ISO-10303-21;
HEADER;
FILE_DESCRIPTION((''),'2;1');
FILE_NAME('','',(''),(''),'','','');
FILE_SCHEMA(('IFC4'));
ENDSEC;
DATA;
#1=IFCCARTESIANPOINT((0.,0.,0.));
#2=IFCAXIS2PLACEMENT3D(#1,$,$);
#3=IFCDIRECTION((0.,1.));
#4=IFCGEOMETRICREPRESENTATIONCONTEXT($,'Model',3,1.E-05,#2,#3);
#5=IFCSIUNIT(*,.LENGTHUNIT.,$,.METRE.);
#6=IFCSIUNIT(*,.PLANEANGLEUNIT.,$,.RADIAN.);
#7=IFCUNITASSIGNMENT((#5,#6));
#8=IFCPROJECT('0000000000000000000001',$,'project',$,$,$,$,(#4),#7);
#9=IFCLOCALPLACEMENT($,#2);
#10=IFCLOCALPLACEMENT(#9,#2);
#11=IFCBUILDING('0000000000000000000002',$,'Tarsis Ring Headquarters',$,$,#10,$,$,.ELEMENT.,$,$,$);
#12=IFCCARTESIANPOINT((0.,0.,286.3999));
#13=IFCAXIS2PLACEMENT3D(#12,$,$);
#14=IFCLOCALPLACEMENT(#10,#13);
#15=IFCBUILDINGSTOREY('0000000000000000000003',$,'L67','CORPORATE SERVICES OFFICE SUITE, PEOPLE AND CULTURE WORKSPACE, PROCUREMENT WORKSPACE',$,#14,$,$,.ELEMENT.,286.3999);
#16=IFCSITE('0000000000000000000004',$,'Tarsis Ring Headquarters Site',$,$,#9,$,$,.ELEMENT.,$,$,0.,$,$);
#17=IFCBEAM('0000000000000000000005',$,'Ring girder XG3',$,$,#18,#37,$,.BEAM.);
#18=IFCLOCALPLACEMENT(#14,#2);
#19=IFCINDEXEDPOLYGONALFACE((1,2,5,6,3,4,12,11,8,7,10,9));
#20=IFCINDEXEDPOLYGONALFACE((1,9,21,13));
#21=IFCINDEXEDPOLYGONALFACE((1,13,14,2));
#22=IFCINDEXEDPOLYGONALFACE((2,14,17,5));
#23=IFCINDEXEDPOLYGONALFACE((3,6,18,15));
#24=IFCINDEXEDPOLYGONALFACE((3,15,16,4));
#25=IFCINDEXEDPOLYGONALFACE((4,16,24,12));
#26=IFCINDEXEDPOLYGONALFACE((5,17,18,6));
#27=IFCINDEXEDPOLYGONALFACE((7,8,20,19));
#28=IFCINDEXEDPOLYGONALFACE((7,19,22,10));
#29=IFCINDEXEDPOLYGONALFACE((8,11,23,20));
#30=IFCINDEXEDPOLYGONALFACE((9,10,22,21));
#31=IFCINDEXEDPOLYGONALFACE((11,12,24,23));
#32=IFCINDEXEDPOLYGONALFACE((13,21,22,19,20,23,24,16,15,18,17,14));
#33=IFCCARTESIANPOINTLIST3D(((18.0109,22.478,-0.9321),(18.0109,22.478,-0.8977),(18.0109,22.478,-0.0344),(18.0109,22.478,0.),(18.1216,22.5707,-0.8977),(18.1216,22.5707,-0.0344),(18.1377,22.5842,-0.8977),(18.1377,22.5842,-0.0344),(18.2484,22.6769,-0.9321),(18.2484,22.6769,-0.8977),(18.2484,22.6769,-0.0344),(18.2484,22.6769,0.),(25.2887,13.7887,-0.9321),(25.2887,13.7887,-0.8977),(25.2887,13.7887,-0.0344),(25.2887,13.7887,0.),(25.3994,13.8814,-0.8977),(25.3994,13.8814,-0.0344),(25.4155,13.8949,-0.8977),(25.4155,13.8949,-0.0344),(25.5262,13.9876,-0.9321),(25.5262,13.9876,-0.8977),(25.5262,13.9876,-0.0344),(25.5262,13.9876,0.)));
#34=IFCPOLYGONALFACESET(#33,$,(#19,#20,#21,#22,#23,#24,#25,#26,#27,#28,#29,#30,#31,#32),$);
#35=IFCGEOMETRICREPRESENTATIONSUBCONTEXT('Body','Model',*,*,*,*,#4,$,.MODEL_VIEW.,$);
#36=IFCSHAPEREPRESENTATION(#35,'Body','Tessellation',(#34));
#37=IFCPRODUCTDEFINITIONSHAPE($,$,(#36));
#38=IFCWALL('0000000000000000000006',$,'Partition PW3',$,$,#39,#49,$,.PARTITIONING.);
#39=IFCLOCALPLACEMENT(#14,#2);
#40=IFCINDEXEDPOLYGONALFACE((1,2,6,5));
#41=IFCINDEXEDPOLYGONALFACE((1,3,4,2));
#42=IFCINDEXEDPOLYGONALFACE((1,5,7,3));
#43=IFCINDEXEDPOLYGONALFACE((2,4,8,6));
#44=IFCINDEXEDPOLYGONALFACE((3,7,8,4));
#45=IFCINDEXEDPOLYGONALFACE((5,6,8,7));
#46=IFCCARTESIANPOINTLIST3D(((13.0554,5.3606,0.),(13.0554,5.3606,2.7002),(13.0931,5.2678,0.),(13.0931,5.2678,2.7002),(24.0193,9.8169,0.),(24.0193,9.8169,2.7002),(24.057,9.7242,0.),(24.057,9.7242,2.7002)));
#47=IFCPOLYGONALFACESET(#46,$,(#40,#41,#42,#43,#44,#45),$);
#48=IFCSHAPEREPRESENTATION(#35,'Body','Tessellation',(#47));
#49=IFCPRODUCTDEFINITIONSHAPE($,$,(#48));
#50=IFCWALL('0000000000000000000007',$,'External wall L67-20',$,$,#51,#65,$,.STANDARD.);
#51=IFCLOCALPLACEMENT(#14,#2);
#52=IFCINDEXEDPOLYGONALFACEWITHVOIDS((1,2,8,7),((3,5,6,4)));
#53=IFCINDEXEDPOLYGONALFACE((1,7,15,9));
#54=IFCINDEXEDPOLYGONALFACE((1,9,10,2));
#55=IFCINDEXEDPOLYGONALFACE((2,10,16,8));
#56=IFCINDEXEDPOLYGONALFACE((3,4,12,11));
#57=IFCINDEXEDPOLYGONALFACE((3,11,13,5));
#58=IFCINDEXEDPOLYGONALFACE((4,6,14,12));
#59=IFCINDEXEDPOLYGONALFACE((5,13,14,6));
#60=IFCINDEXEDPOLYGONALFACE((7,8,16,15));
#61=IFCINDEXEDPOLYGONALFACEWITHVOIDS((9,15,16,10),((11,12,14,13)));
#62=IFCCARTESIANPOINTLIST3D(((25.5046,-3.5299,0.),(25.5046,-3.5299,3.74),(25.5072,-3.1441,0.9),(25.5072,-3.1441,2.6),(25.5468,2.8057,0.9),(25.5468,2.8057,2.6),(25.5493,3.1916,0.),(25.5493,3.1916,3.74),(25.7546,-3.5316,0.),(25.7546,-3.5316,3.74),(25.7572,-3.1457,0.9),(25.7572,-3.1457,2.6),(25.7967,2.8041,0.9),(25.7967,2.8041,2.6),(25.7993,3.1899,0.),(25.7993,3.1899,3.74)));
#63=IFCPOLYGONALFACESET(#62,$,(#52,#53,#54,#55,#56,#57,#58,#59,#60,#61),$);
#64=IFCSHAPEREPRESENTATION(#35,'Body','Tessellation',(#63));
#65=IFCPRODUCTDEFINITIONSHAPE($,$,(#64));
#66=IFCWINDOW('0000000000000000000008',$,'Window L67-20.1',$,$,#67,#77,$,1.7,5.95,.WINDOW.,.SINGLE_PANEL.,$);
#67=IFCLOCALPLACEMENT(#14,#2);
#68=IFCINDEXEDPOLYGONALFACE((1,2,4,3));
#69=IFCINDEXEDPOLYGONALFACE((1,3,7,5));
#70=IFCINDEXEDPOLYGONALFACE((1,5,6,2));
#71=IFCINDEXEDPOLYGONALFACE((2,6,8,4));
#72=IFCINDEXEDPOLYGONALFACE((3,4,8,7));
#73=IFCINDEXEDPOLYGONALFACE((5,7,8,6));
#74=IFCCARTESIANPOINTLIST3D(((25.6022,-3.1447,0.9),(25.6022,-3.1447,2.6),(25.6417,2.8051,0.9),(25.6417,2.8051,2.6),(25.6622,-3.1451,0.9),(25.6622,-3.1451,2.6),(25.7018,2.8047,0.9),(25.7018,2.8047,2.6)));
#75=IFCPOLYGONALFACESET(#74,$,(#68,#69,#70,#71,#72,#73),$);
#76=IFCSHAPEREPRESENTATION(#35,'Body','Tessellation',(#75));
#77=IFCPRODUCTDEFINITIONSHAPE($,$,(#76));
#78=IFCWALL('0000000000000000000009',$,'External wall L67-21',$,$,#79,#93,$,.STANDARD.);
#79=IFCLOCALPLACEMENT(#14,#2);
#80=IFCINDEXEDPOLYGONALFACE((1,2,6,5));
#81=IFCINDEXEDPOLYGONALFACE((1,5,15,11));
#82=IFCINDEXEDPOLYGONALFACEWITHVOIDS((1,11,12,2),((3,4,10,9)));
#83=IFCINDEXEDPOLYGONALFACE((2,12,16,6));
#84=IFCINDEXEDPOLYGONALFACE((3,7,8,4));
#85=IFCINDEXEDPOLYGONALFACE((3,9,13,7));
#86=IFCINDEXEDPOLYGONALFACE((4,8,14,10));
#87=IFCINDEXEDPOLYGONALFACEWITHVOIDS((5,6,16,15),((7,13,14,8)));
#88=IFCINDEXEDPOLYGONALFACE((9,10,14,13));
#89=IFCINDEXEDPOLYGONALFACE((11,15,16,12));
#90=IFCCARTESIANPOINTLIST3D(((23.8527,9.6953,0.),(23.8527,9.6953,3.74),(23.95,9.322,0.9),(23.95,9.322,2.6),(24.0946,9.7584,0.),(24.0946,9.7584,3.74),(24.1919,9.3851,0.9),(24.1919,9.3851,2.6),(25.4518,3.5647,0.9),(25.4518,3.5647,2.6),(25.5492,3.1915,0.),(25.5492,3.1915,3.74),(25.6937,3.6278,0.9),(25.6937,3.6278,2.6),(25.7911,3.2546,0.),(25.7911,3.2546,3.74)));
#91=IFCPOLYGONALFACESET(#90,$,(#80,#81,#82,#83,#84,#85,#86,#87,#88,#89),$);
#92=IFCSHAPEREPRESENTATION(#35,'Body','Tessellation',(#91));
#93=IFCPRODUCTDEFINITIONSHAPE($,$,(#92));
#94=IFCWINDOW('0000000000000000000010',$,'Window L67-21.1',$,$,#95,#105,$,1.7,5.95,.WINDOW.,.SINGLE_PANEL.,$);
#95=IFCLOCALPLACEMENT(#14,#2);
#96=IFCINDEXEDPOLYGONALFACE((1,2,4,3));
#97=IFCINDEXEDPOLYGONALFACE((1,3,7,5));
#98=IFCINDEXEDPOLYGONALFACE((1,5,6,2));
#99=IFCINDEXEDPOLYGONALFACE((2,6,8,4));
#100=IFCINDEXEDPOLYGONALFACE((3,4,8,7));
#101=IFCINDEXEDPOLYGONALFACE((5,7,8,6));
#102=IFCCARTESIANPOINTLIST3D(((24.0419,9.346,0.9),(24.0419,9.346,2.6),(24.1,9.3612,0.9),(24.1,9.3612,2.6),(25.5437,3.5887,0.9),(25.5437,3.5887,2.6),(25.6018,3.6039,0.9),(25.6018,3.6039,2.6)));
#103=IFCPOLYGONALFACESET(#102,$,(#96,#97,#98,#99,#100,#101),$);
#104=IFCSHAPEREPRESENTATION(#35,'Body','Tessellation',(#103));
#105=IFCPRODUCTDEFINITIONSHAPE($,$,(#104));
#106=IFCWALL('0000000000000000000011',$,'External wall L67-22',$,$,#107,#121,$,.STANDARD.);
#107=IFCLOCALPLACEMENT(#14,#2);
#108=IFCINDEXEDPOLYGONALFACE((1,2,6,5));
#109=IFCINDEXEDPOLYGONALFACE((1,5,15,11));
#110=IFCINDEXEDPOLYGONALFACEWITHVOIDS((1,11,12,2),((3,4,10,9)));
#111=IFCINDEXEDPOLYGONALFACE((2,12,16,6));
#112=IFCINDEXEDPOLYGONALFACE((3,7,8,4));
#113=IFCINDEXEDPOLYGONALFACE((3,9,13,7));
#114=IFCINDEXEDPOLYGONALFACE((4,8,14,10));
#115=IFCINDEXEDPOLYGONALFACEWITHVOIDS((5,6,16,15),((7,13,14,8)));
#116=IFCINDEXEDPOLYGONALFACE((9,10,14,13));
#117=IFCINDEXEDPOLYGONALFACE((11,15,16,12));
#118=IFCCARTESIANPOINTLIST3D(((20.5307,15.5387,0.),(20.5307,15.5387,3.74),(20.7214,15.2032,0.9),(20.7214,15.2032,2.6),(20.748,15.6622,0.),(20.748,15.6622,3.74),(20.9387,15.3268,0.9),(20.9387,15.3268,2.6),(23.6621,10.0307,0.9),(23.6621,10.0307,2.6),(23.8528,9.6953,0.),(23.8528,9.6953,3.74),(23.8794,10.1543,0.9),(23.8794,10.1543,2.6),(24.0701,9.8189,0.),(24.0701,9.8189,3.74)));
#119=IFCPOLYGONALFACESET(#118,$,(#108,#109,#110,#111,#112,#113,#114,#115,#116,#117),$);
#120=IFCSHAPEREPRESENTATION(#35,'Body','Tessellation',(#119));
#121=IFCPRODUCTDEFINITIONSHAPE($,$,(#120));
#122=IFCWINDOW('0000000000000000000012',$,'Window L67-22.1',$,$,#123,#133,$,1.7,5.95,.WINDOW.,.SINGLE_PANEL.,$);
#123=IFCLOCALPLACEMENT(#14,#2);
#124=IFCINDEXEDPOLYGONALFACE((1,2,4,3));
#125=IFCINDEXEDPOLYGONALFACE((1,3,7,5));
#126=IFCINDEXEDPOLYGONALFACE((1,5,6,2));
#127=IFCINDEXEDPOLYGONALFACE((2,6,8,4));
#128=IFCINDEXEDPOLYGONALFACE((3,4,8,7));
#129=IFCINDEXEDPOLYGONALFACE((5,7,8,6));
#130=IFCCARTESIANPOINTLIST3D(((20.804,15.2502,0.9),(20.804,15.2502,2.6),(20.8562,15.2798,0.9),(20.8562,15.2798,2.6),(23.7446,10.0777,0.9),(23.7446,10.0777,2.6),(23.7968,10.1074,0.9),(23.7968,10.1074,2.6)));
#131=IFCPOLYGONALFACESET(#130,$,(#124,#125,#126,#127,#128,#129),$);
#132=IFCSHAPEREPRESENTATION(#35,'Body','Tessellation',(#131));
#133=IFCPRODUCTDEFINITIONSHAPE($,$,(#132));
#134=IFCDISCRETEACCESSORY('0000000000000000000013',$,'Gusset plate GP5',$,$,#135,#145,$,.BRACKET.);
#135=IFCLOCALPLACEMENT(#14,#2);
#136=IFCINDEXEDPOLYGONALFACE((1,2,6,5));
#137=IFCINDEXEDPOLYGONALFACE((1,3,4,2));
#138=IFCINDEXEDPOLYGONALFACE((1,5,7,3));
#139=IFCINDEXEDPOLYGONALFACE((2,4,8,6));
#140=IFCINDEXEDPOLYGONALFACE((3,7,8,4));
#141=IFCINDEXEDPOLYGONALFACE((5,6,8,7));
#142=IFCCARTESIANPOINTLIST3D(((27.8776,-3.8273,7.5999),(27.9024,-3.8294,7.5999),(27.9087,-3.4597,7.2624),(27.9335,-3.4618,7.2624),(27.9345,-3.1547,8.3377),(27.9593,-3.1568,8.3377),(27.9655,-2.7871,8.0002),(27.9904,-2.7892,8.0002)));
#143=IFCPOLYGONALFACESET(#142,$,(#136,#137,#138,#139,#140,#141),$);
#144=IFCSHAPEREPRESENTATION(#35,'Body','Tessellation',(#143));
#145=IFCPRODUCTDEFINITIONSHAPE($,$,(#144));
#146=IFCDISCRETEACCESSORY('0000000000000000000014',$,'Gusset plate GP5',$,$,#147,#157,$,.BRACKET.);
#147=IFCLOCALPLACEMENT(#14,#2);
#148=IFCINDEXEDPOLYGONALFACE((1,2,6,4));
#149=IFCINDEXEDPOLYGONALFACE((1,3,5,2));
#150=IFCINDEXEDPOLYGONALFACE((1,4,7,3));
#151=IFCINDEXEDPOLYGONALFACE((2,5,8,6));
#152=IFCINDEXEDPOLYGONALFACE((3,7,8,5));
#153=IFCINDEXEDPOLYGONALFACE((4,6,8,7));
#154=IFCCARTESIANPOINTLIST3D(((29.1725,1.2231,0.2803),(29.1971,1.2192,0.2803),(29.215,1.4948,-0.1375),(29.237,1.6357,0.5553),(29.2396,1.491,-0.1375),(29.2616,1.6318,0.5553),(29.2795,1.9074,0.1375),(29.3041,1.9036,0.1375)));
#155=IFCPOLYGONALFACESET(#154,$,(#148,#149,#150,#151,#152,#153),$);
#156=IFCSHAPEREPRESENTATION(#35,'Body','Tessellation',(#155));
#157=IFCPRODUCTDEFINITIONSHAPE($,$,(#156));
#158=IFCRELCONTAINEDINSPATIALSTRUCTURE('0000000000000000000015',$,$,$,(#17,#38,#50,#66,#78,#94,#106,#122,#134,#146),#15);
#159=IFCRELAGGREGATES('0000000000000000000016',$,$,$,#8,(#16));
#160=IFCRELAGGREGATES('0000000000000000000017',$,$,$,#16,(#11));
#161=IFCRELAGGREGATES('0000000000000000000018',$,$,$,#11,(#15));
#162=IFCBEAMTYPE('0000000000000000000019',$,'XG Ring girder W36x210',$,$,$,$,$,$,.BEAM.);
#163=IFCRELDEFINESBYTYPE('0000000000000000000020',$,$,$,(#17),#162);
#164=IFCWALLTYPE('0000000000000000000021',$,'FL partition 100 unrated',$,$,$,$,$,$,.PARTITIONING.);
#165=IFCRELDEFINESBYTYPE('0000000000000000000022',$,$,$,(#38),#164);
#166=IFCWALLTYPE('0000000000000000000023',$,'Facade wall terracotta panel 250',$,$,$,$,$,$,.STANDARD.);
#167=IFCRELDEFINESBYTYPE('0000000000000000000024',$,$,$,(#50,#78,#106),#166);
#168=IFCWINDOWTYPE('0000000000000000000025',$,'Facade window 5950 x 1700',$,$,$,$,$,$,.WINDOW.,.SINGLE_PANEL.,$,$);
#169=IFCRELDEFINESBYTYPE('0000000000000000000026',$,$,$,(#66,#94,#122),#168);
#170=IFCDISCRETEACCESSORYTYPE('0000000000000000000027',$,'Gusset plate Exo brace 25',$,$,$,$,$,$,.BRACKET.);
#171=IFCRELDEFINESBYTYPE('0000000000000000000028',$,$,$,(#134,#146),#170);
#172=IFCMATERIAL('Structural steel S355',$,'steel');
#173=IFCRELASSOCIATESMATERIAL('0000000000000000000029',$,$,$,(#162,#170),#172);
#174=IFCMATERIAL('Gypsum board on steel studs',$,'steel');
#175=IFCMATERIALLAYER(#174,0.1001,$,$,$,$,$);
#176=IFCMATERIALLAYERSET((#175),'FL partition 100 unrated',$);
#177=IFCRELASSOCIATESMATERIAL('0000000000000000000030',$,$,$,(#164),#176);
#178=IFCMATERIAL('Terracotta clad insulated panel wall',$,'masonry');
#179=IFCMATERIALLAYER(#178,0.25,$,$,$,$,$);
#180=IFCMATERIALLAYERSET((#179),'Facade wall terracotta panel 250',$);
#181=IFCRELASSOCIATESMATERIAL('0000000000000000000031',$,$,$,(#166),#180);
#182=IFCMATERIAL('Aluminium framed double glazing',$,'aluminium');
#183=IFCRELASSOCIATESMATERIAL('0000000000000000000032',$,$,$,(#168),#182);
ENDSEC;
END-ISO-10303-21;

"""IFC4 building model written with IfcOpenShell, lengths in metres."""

from ifc_helpers import new_model, si_unit, direction, frame, frame_2d, origin, origin_2d, place, context, subcontext, project, spatial, rectangle, i_section, extrude, material, layer, layer_set, material_profile, profile_set, type_object, element, fill, save


model = new_model("IFC4")

# Units and contexts
model_context = context("Model", 3, precision=1e-05, world=origin(), true_north=direction((0.0, 1.0)))
body_context = subcontext(model_context, "Body", "Model", "MODEL_VIEW")
ifc_project = project(units=[si_unit("LENGTHUNIT", "METRE"), si_unit("PLANEANGLEUNIT", "RADIAN")], contexts=[model_context])

# Site, building, storey
site_placement = place(None, origin())
site = spatial("IfcSite", under=ifc_project, at=site_placement, Name="Tarsis Ring Headquarters Site", CompositionType="ELEMENT", RefElevation=0.0)
building_placement = place(site_placement, origin())
building = spatial("IfcBuilding", under=site, at=building_placement, Name="Tarsis Ring Headquarters", CompositionType="ELEMENT")
storey_placement = place(building_placement, frame((0.0, 0.0, 286.3999)))
storey = spatial("IfcBuildingStorey", under=building, at=storey_placement, Name="L67", Description="CORPORATE SERVICES OFFICE SUITE, PEOPLE AND CULTURE WORKSPACE, PROCUREMENT WORKSPACE", CompositionType="ELEMENT", Elevation=286.3999)

# Shared definitions
ifc_material_1 = material(Name="Structural steel S355", Category="steel")

# Beam
ifc_material_profile_1 = material_profile(ifc_material_1, i_section(OverallWidth=0.3098, OverallDepth=0.9321, WebThickness=0.021, FlangeThickness=0.0344, at=origin_2d()), Name="W36x210")
ifc_profile_set_1 = profile_set([ifc_material_profile_1], Name="Structural steel S355")
beam_type_1 = type_object("IfcBeamType", Name="XG Ring girder W36x210", PredefinedType="BEAM", material=ifc_profile_set_1)
for number, where, z_axis, x_axis, name in (
    (1, (25.4075, 13.8882, -0.4661), (-0.6421, 0.766621, 0.0), (-0.766621, -0.6421, 0.0), "Ring girder XG3"),
):
    element("IfcBeam", number, at=place(storey_placement, frame(where, z_axis=z_axis, x_axis=x_axis)), inside=storey, type_object=beam_type_1, Name=name, PredefinedType="BEAM", context=body_context, shape_type="SweptSolid", body=[
        extrude(i_section(OverallWidth=0.3098, OverallDepth=0.9321, WebThickness=0.021, FlangeThickness=0.0344, at=origin_2d()), origin(), (0.0, 0.0, 1.0), 11.3345),
    ])

# Wall
ifc_material_2 = material(Name="Gypsum board on steel studs", Category="steel")
ifc_layer_1 = layer(ifc_material_2, 0.1001)
ifc_layer_set_1 = layer_set([ifc_layer_1], Name="FL partition 100 unrated")
wall_type_1 = type_object("IfcWallType", Name="FL partition 100 unrated", PredefinedType="PARTITIONING", material=ifc_layer_set_1)
wall_1_placement = place(storey_placement, frame((13.0742, 5.3142, 0.0), z_axis=(0.0, 0.0, 1.0), x_axis=(0.926401, 0.376539, 0.0)))
element("IfcWall", 2, at=wall_1_placement, inside=storey, type_object=wall_type_1, Name="Partition PW3", PredefinedType="PARTITIONING", context=body_context, shape_type="SweptSolid", body=[
    extrude(rectangle(XDim=11.835, YDim=0.1001, at=frame_2d((5.9175, 0.0))), origin(), (0.0, 0.0, 1.0), 2.7002),
])

# Walls, openings, windows
ifc_material_3 = material(Name="Terracotta clad insulated panel wall", Category="masonry")
ifc_layer_2 = layer(ifc_material_3, 0.25)
ifc_layer_set_2 = layer_set([ifc_layer_2], Name="Facade wall terracotta panel 250")
wall_type_2 = type_object("IfcWallType", Name="Facade wall terracotta panel 250", PredefinedType="STANDARD", material=ifc_layer_set_2)
wall_2_placement = place(storey_placement, frame((25.6296, -3.5308, 0.0), z_axis=(0.0, 0.0, 1.0), x_axis=(0.006647, 0.999978, 0.0)))
wall_2 = element("IfcWall", 3, at=wall_2_placement, inside=storey, type_object=wall_type_2, Name="External wall L67-20", PredefinedType="STANDARD", context=body_context, shape_type="SweptSolid", body=[
    extrude(rectangle(XDim=6.7217, YDim=0.25, at=frame_2d((3.3608, 0.0))), origin(), (0.0, 0.0, 1.0), 3.74),
])
opening_1_placement = place(wall_2_placement, frame((0.3857, 0.0, 0.8999)))
opening_1 = element("IfcOpeningElement", 4, at=opening_1_placement, cuts=wall_2, PredefinedType="OPENING", context=body_context, shape_type="SweptSolid", body=[
    extrude(rectangle(XDim=5.95, YDim=1.7, at=frame_2d((2.9751, 0.8501))), frame((0.0, 0.135, 0.0), z_axis=(0.0, -1.0, 0.0), x_axis=(1.0, 0.0, 0.0)), (0.0, 0.0, 1.0), 0.27),
])
ifc_material_4 = material(Name="Aluminium framed double glazing", Category="aluminium")
window_type = type_object("IfcWindowType", Name="Facade window 5950 x 1700", PartitioningType="SINGLE_PANEL", PredefinedType="WINDOW", material=ifc_material_4)
window_1_placement = place(opening_1_placement, origin())
window_1 = element("IfcWindow", 5, at=window_1_placement, inside=storey, type_object=window_type, Name="Window L67-20.1", OverallHeight=1.7, OverallWidth=5.95, PartitioningType="SINGLE_PANEL", PredefinedType="WINDOW", context=body_context, shape_type="SweptSolid", body=[
    extrude(rectangle(XDim=5.95, YDim=1.7, at=frame_2d((2.9751, 0.8501))), frame((0.0, 0.03, 0.0), z_axis=(0.0, -1.0, 0.0), x_axis=(1.0, 0.0, 0.0)), (0.0, 0.0, 1.0), 0.0601),
])
fill(opening_1, window_1)
wall_3_placement = place(storey_placement, frame((25.6702, 3.2229, 0.0), z_axis=(0.0, 0.0, 1.0), x_axis=(-0.252403, 0.967622, 0.0)))
wall_3 = element("IfcWall", 6, at=wall_3_placement, inside=storey, type_object=wall_type_2, Name="External wall L67-21", PredefinedType="STANDARD", context=body_context, shape_type="SweptSolid", body=[
    extrude(rectangle(XDim=6.7214, YDim=0.25, at=frame_2d((3.3608, 0.0))), origin(), (0.0, 0.0, 1.0), 3.74),
])
opening_2_placement = place(wall_3_placement, frame((0.3857, 0.0, 0.8999)))
opening_2 = element("IfcOpeningElement", 7, at=opening_2_placement, cuts=wall_3, PredefinedType="OPENING", context=body_context, shape_type="SweptSolid", body=[
    extrude(rectangle(XDim=5.95, YDim=1.7, at=frame_2d((2.9751, 0.8501))), frame((0.0, 0.135, 0.0), z_axis=(0.0, -1.0, 0.0), x_axis=(1.0, 0.0, 0.0)), (0.0, 0.0, 1.0), 0.27),
])
window_2_placement = place(opening_2_placement, origin())
window_2 = element("IfcWindow", 8, at=window_2_placement, inside=storey, type_object=window_type, Name="Window L67-21.1", OverallHeight=1.7, OverallWidth=5.95, PartitioningType="SINGLE_PANEL", PredefinedType="WINDOW", context=body_context, shape_type="SweptSolid", body=[
    extrude(rectangle(XDim=5.95, YDim=1.7, at=frame_2d((2.9751, 0.8501))), frame((0.0, 0.03, 0.0), z_axis=(0.0, -1.0, 0.0), x_axis=(1.0, 0.0, 0.0)), (0.0, 0.0, 1.0), 0.0601),
])
fill(opening_2, window_2)
wall_4_placement = place(storey_placement, frame((23.9614, 9.7571, 0.0), z_axis=(0.0, 0.0, 1.0), x_axis=(-0.494233, 0.86933, 0.0)))
wall_4 = element("IfcWall", 9, at=wall_4_placement, inside=storey, type_object=wall_type_2, Name="External wall L67-22", PredefinedType="STANDARD", context=body_context, shape_type="SweptSolid", body=[
    extrude(rectangle(XDim=6.7217, YDim=0.25, at=frame_2d((3.3608, 0.0))), origin(), (0.0, 0.0, 1.0), 3.74),
])
opening_3_placement = place(wall_4_placement, frame((0.3857, 0.0, 0.8999)))
opening_3 = element("IfcOpeningElement", 10, at=opening_3_placement, cuts=wall_4, PredefinedType="OPENING", context=body_context, shape_type="SweptSolid", body=[
    extrude(rectangle(XDim=5.95, YDim=1.7, at=frame_2d((2.9751, 0.8501))), frame((0.0, 0.135, 0.0), z_axis=(0.0, -1.0, 0.0), x_axis=(1.0, 0.0, 0.0)), (0.0, 0.0, 1.0), 0.27),
])
window_3_placement = place(opening_3_placement, origin())
window_3 = element("IfcWindow", 11, at=window_3_placement, inside=storey, type_object=window_type, Name="Window L67-22.1", OverallHeight=1.7, OverallWidth=5.95, PartitioningType="SINGLE_PANEL", PredefinedType="WINDOW", context=body_context, shape_type="SweptSolid", body=[
    extrude(rectangle(XDim=5.95, YDim=1.7, at=frame_2d((2.9751, 0.8501))), frame((0.0, 0.03, 0.0), z_axis=(0.0, -1.0, 0.0), x_axis=(1.0, 0.0, 0.0)), (0.0, 0.0, 1.0), 0.0601),
])
fill(opening_3, window_3)

# Discrete accessories
ifc_material_profile_2 = material_profile(ifc_material_1, rectangle(XDim=0.0249, YDim=0.5, at=origin_2d()), Name="PL 25x500")
ifc_profile_set_2 = profile_set([ifc_material_profile_2], Name="Structural steel S355")
discrete_accessory_type = type_object("IfcDiscreteAccessoryType", Name="Gusset plate Exo brace 25", PredefinedType="BRACKET", material=ifc_profile_set_2)
discrete_accessory_1_placement = place(storey_placement, frame((27.9055, -3.6445, 7.4312), z_axis=(0.056885, 0.672616, 0.737802), x_axis=(-0.996443, 0.084273, 0.0)))
element("IfcDiscreteAccessory", 12, at=discrete_accessory_1_placement, inside=storey, type_object=discrete_accessory_type, Name="Gusset plate GP5", PredefinedType="BRACKET", context=body_context, shape_type="SweptSolid", body=[
    extrude(rectangle(XDim=0.0249, YDim=0.5, at=origin_2d()), origin(), (0.0, 0.0, 1.0), 1.0),
])
discrete_accessory_2_placement = place(storey_placement, frame((29.2595, 1.6992, 0.0), z_axis=(-0.084938, -0.543311, 0.835224), x_axis=(0.987999, -0.154458, 0.0)))
element("IfcDiscreteAccessory", 13, at=discrete_accessory_2_placement, inside=storey, type_object=discrete_accessory_type, Name="Gusset plate GP5", PredefinedType="BRACKET", context=body_context, shape_type="SweptSolid", body=[
    extrude(rectangle(XDim=0.0249, YDim=0.5, at=origin_2d()), origin(), (0.0, 0.0, 1.0), 0.5002),
])

save(model, "model.ifc")
